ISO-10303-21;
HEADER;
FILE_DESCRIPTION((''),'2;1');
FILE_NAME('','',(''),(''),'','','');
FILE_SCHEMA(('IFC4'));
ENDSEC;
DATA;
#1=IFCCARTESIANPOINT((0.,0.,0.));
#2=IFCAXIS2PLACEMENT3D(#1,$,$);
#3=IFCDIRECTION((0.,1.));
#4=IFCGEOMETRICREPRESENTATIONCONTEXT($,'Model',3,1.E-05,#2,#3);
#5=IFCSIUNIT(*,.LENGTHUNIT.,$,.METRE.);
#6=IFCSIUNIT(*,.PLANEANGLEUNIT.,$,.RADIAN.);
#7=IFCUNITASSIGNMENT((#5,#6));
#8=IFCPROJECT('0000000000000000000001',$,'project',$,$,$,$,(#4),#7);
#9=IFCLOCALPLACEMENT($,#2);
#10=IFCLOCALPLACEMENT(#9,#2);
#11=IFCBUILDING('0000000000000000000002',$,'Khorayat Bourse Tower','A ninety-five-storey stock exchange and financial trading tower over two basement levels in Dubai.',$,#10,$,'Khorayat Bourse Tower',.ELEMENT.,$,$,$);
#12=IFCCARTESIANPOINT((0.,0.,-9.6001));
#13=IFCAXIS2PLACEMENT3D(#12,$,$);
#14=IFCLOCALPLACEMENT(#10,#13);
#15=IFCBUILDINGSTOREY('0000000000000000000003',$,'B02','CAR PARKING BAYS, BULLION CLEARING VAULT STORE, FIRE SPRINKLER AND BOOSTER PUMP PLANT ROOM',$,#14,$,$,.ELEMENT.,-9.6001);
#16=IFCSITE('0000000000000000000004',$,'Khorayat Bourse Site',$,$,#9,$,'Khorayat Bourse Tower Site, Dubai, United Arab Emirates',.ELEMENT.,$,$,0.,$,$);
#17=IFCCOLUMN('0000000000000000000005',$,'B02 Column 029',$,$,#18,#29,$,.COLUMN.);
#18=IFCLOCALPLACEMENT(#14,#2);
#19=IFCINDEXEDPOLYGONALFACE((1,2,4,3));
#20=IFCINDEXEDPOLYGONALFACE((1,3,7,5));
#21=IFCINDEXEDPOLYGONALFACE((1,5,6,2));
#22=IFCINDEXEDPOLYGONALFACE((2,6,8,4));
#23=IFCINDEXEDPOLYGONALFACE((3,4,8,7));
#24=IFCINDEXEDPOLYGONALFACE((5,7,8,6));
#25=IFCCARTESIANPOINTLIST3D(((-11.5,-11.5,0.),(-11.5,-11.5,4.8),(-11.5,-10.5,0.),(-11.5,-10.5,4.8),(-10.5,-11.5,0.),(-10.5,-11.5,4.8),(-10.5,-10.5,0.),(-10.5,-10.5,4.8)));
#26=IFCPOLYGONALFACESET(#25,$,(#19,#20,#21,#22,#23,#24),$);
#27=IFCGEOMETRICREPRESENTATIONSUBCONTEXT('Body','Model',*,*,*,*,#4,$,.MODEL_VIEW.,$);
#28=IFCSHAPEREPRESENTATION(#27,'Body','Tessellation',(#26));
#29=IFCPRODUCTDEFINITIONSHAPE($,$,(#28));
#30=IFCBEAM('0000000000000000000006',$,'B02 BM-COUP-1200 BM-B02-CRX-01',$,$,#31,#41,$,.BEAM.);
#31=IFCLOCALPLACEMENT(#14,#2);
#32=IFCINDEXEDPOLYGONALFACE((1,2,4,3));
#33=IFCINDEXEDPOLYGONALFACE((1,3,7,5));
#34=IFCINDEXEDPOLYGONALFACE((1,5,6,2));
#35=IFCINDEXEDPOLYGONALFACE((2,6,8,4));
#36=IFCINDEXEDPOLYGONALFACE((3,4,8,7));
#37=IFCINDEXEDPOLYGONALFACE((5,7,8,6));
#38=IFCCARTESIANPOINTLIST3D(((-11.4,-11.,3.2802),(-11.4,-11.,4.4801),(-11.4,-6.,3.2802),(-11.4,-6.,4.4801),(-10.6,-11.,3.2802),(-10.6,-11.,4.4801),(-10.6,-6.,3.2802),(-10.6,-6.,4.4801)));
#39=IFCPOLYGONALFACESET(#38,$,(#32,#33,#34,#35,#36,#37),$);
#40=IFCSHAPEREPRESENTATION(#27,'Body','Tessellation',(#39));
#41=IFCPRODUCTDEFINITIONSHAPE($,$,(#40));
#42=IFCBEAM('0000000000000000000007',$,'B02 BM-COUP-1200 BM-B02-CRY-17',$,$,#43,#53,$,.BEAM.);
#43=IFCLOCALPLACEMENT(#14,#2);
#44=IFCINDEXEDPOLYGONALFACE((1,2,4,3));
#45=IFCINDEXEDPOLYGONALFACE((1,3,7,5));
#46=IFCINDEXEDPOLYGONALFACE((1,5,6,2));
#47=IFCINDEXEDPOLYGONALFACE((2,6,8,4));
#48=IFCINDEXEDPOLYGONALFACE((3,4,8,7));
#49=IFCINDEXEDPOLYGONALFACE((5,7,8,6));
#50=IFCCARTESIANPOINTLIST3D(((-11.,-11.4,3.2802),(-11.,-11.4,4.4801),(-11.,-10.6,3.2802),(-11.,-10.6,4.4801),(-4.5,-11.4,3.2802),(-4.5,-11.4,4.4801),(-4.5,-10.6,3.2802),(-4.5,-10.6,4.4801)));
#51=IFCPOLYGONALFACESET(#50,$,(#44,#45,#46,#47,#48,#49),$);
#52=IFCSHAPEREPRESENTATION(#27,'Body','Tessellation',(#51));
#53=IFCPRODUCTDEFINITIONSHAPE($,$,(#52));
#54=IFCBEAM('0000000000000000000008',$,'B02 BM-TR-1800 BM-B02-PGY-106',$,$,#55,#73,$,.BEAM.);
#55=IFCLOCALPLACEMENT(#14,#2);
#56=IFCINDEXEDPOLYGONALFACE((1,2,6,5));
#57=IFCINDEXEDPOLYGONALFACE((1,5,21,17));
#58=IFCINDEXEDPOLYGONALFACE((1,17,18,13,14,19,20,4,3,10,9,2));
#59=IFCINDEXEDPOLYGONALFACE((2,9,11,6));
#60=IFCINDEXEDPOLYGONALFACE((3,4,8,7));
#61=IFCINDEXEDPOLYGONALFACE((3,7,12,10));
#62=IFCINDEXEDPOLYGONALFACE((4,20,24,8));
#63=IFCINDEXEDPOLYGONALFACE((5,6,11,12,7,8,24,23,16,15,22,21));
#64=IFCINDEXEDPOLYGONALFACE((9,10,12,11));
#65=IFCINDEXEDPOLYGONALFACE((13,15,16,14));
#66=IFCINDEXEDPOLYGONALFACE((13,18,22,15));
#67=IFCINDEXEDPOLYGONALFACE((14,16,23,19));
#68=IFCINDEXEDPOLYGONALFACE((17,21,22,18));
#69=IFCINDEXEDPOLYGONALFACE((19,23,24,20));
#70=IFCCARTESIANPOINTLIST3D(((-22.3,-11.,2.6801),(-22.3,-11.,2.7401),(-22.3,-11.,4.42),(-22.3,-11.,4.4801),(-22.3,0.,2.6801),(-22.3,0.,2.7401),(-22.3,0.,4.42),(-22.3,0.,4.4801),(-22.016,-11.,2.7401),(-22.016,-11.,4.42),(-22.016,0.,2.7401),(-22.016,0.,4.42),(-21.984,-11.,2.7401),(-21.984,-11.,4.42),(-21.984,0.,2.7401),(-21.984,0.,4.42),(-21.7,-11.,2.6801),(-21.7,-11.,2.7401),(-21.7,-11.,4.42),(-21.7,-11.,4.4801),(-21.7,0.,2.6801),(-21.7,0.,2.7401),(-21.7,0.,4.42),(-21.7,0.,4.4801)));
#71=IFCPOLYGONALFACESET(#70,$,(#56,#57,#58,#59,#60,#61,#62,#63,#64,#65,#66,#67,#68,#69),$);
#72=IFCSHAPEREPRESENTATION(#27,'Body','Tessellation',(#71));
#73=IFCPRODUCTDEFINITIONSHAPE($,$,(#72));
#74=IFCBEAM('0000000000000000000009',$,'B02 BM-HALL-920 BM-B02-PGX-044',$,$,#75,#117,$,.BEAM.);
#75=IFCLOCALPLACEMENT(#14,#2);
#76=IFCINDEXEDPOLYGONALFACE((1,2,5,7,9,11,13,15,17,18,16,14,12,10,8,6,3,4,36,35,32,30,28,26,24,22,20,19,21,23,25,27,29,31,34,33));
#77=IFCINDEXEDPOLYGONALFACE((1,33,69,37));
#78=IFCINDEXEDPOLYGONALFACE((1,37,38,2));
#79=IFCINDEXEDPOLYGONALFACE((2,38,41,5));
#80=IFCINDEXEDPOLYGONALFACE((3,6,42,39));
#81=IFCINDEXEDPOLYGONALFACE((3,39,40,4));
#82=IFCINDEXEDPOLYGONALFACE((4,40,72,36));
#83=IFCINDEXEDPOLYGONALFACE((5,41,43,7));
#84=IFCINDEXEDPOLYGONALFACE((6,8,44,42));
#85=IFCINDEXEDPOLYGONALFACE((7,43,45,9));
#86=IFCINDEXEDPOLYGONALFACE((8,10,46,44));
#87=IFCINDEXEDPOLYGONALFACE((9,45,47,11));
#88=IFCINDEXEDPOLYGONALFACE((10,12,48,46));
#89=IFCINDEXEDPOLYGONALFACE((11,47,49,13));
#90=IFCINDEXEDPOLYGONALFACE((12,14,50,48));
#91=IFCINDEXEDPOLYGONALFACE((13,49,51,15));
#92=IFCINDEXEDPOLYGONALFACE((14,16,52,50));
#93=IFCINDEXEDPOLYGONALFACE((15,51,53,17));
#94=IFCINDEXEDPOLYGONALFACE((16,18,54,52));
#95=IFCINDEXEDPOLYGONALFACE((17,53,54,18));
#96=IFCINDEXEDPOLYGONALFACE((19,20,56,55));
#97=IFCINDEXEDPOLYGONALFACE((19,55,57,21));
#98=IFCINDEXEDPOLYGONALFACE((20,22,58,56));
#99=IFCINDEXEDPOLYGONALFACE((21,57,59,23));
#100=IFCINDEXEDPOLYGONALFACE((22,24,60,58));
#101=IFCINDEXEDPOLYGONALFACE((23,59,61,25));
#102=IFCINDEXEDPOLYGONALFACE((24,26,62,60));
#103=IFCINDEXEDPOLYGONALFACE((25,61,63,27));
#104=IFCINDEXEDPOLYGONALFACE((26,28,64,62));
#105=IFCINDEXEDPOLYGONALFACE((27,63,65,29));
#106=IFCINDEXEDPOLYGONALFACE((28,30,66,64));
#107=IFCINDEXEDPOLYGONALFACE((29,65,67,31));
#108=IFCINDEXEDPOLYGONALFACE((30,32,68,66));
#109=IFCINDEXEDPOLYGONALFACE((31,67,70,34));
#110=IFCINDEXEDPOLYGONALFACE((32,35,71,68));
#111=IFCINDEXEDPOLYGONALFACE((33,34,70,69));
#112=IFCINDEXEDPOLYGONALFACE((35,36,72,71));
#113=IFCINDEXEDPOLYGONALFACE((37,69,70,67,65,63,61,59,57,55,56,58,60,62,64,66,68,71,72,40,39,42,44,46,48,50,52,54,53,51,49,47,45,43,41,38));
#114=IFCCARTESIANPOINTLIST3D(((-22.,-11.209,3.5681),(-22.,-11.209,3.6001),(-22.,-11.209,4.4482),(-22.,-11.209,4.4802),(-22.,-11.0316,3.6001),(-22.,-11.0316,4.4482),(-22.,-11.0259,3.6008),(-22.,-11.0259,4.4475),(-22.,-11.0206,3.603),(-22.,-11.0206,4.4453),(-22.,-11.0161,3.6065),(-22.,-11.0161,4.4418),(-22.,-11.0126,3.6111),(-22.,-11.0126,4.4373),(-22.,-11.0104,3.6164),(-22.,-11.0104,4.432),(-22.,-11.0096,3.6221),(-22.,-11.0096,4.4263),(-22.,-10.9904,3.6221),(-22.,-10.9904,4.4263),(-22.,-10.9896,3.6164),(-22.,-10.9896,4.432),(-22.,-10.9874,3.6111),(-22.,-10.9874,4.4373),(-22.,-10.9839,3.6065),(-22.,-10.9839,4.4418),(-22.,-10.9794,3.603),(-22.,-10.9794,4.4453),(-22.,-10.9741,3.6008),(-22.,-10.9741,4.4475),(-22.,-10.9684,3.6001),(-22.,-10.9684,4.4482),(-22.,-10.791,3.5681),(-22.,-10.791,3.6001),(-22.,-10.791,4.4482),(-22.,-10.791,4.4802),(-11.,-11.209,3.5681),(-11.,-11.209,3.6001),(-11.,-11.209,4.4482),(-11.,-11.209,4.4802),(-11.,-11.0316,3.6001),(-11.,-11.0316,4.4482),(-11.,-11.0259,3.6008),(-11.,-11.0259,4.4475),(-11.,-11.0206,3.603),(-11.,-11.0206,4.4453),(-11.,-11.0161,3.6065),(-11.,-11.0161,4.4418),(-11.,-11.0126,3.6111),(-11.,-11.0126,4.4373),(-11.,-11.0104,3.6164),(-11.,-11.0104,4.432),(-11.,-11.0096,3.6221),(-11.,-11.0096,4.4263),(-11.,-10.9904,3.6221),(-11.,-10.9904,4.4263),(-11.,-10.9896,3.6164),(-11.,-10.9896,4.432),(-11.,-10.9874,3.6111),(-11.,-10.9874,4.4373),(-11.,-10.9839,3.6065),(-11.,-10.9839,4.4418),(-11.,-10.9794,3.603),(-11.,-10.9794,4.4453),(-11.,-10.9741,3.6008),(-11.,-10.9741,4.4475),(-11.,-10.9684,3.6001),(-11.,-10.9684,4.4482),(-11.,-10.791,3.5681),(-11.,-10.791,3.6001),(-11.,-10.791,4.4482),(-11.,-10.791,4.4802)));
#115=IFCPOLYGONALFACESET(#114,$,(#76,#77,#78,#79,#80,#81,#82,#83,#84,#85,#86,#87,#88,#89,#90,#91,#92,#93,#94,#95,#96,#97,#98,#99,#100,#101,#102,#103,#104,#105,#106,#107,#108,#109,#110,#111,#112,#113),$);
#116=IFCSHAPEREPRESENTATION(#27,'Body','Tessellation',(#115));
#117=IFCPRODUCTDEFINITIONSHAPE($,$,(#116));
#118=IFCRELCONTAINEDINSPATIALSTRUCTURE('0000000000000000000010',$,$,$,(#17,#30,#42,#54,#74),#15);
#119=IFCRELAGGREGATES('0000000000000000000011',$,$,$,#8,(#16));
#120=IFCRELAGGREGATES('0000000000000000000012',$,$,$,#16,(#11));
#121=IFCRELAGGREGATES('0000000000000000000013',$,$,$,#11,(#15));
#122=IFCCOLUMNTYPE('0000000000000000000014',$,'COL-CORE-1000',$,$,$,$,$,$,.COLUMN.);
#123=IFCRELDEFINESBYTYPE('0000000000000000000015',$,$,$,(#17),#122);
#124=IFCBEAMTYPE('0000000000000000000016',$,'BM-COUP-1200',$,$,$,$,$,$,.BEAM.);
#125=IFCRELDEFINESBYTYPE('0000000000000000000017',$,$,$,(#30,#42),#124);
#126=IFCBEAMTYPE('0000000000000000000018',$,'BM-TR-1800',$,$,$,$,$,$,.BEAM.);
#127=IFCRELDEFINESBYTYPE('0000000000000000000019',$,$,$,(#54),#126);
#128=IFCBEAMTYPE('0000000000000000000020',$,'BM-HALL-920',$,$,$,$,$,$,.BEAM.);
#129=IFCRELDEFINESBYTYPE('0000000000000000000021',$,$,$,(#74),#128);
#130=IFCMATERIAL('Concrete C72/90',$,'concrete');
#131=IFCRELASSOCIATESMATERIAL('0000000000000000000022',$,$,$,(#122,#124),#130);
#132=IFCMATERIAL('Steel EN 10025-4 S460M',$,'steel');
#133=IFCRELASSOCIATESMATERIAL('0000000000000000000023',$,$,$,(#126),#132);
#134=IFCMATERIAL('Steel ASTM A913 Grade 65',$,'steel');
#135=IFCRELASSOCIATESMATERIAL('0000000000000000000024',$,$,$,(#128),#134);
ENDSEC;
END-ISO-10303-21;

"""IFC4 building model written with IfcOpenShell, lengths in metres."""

from ifc_helpers import new_model, si_unit, direction, frame, origin, origin_2d, place, context, subcontext, project, spatial, rectangle, i_section, extrude, source, transform, mapped, material, material_profile, profile_set, type_object, element, save


model = new_model("IFC4")

# Units and contexts
model_context = context("Model", 3, precision=1e-05, world=origin(), true_north=direction((0.0, 1.0)))
body_context = subcontext(model_context, "Body", "Model", "MODEL_VIEW")
ifc_project = project(units=[si_unit("LENGTHUNIT", "METRE"), si_unit("PLANEANGLEUNIT", "RADIAN")], contexts=[model_context])

# Site, building, storey
site_placement = place(None, origin())
site = spatial("IfcSite", under=ifc_project, at=site_placement, Name="Khorayat Bourse Site", LongName="Khorayat Bourse Tower Site, Dubai, United Arab Emirates", CompositionType="ELEMENT", RefElevation=0.0)
building_placement = place(site_placement, origin())
building = spatial("IfcBuilding", under=site, at=building_placement, Name="Khorayat Bourse Tower", Description="A ninety-five-storey stock exchange and financial trading tower over two basement levels in Dubai.", LongName="Khorayat Bourse Tower", CompositionType="ELEMENT")
storey_placement = place(building_placement, frame((0.0, 0.0, -9.6001)))
storey = spatial("IfcBuildingStorey", under=building, at=storey_placement, Name="B02", Description="CAR PARKING BAYS, BULLION CLEARING VAULT STORE, FIRE SPRINKLER AND BOOSTER PUMP PLANT ROOM", CompositionType="ELEMENT", Elevation=-9.6001)

# Column
ifc_material_1 = material(Name="Concrete C72/90", Category="concrete")
ifc_material_profile_1 = material_profile(ifc_material_1, rectangle(XDim=1.0, YDim=1.0, at=origin_2d()), Name="RC 1000x1000")
ifc_profile_set_1 = profile_set([ifc_material_profile_1], Name="Concrete C72/90")
column_type_1 = type_object("IfcColumnType", Name="COL-CORE-1000", PredefinedType="COLUMN", material=ifc_profile_set_1)
shared_shape_1 = source(origin(), body_context, "Body", "SweptSolid", [
    extrude(rectangle(XDim=1.0, YDim=1.0, at=origin_2d()), origin(), (0.0, 0.0, 1.0), 4.8),
])
column_1_placement = place(storey_placement, frame((-11.0, -11.0, 0.0), z_axis=(0.0, 0.0, 1.0), x_axis=(1.0, 0.0, 0.0)))
element("IfcColumn", 1, at=column_1_placement, inside=storey, type_object=column_type_1, Name="B02 Column 029", PredefinedType="COLUMN", context=body_context, shape_type="MappedRepresentation", body=[
    mapped(shared_shape_1, transform((0.0, 0.0, 0.0), scale=1.0)),
])

# Beams
ifc_material_profile_2 = material_profile(ifc_material_1, rectangle(XDim=0.8, YDim=1.2, at=origin_2d()), Name="RC 800x1200")
ifc_profile_set_2 = profile_set([ifc_material_profile_2], Name="Concrete C72/90")
beam_type_1 = type_object("IfcBeamType", Name="BM-COUP-1200", PredefinedType="BEAM", material=ifc_profile_set_2)
shared_shape_2 = source(origin(), body_context, "Body", "SweptSolid", [
    extrude(rectangle(XDim=0.8, YDim=1.2, at=origin_2d()), origin(), (0.0, 0.0, 1.0), 5.0),
])
beam_1_placement = place(storey_placement, frame((-11.0, -11.0, 3.8801), z_axis=(0.0, 1.0, 0.0), x_axis=(-1.0, 0.0, 0.0)))
element("IfcBeam", 2, at=beam_1_placement, inside=storey, type_object=beam_type_1, Name="B02 BM-COUP-1200 BM-B02-CRX-01", PredefinedType="BEAM", context=body_context, shape_type="MappedRepresentation", body=[
    mapped(shared_shape_2, transform((0.0, 0.0, 0.0), scale=1.0)),
])
shared_shape_3 = source(origin(), body_context, "Body", "SweptSolid", [
    extrude(rectangle(XDim=0.8, YDim=1.2, at=origin_2d()), origin(), (0.0, 0.0, 1.0), 6.5),
])
beam_2_placement = place(storey_placement, frame((-11.0, -11.0, 3.8801), z_axis=(1.0, 0.0, 0.0), x_axis=(0.0, 1.0, 0.0)))
element("IfcBeam", 3, at=beam_2_placement, inside=storey, type_object=beam_type_1, Name="B02 BM-COUP-1200 BM-B02-CRY-17", PredefinedType="BEAM", context=body_context, shape_type="MappedRepresentation", body=[
    mapped(shared_shape_3, transform((0.0, 0.0, 0.0), scale=1.0)),
])
ifc_material_2 = material(Name="Steel EN 10025-4 S460M", Category="steel")
ifc_material_profile_3 = material_profile(ifc_material_2, i_section(OverallWidth=0.6001, OverallDepth=1.8, WebThickness=0.032, FlangeThickness=0.0601, at=origin_2d()), Name="PG 1800x600x32x60")
ifc_profile_set_3 = profile_set([ifc_material_profile_3], Name="Steel EN 10025-4 S460M")
beam_type_2 = type_object("IfcBeamType", Name="BM-TR-1800", PredefinedType="BEAM", material=ifc_profile_set_3)
shared_shape_4 = source(origin(), body_context, "Body", "SweptSolid", [
    extrude(i_section(OverallWidth=0.6001, OverallDepth=1.8, WebThickness=0.032, FlangeThickness=0.0601, at=origin_2d()), origin(), (0.0, 0.0, 1.0), 11.0),
])
beam_3_placement = place(storey_placement, frame((-22.0, -11.0, 3.5801), z_axis=(0.0, 1.0, 0.0), x_axis=(-1.0, 0.0, 0.0)))
element("IfcBeam", 4, at=beam_3_placement, inside=storey, type_object=beam_type_2, Name="B02 BM-TR-1800 BM-B02-PGY-106", PredefinedType="BEAM", context=body_context, shape_type="MappedRepresentation", body=[
    mapped(shared_shape_4, transform((0.0, 0.0, 0.0), scale=1.0)),
])
ifc_material_3 = material(Name="Steel ASTM A913 Grade 65", Category="steel")
ifc_material_profile_4 = material_profile(ifc_material_3, i_section(OverallWidth=0.418, OverallDepth=0.9121, WebThickness=0.0193, FlangeThickness=0.032, FilletRadius=0.022, at=origin_2d()), Name="W920X342")
ifc_profile_set_4 = profile_set([ifc_material_profile_4], Name="Steel ASTM A913 Grade 65")
beam_type_3 = type_object("IfcBeamType", Name="BM-HALL-920", PredefinedType="BEAM", material=ifc_profile_set_4)
shared_shape_5 = source(origin(), body_context, "Body", "SweptSolid", [
    extrude(i_section(OverallWidth=0.418, OverallDepth=0.9121, WebThickness=0.0193, FlangeThickness=0.032, FilletRadius=0.022, at=origin_2d()), origin(), (0.0, 0.0, 1.0), 11.0),
])
beam_4_placement = place(storey_placement, frame((-22.0, -11.0, 4.0242), z_axis=(1.0, 0.0, 0.0), x_axis=(0.0, 1.0, 0.0)))
element("IfcBeam", 5, at=beam_4_placement, inside=storey, type_object=beam_type_3, Name="B02 BM-HALL-920 BM-B02-PGX-044", PredefinedType="BEAM", context=body_context, shape_type="MappedRepresentation", body=[
    mapped(shared_shape_5, transform((0.0, 0.0, 0.0), scale=1.0)),
])

save(model, "model.ifc")
